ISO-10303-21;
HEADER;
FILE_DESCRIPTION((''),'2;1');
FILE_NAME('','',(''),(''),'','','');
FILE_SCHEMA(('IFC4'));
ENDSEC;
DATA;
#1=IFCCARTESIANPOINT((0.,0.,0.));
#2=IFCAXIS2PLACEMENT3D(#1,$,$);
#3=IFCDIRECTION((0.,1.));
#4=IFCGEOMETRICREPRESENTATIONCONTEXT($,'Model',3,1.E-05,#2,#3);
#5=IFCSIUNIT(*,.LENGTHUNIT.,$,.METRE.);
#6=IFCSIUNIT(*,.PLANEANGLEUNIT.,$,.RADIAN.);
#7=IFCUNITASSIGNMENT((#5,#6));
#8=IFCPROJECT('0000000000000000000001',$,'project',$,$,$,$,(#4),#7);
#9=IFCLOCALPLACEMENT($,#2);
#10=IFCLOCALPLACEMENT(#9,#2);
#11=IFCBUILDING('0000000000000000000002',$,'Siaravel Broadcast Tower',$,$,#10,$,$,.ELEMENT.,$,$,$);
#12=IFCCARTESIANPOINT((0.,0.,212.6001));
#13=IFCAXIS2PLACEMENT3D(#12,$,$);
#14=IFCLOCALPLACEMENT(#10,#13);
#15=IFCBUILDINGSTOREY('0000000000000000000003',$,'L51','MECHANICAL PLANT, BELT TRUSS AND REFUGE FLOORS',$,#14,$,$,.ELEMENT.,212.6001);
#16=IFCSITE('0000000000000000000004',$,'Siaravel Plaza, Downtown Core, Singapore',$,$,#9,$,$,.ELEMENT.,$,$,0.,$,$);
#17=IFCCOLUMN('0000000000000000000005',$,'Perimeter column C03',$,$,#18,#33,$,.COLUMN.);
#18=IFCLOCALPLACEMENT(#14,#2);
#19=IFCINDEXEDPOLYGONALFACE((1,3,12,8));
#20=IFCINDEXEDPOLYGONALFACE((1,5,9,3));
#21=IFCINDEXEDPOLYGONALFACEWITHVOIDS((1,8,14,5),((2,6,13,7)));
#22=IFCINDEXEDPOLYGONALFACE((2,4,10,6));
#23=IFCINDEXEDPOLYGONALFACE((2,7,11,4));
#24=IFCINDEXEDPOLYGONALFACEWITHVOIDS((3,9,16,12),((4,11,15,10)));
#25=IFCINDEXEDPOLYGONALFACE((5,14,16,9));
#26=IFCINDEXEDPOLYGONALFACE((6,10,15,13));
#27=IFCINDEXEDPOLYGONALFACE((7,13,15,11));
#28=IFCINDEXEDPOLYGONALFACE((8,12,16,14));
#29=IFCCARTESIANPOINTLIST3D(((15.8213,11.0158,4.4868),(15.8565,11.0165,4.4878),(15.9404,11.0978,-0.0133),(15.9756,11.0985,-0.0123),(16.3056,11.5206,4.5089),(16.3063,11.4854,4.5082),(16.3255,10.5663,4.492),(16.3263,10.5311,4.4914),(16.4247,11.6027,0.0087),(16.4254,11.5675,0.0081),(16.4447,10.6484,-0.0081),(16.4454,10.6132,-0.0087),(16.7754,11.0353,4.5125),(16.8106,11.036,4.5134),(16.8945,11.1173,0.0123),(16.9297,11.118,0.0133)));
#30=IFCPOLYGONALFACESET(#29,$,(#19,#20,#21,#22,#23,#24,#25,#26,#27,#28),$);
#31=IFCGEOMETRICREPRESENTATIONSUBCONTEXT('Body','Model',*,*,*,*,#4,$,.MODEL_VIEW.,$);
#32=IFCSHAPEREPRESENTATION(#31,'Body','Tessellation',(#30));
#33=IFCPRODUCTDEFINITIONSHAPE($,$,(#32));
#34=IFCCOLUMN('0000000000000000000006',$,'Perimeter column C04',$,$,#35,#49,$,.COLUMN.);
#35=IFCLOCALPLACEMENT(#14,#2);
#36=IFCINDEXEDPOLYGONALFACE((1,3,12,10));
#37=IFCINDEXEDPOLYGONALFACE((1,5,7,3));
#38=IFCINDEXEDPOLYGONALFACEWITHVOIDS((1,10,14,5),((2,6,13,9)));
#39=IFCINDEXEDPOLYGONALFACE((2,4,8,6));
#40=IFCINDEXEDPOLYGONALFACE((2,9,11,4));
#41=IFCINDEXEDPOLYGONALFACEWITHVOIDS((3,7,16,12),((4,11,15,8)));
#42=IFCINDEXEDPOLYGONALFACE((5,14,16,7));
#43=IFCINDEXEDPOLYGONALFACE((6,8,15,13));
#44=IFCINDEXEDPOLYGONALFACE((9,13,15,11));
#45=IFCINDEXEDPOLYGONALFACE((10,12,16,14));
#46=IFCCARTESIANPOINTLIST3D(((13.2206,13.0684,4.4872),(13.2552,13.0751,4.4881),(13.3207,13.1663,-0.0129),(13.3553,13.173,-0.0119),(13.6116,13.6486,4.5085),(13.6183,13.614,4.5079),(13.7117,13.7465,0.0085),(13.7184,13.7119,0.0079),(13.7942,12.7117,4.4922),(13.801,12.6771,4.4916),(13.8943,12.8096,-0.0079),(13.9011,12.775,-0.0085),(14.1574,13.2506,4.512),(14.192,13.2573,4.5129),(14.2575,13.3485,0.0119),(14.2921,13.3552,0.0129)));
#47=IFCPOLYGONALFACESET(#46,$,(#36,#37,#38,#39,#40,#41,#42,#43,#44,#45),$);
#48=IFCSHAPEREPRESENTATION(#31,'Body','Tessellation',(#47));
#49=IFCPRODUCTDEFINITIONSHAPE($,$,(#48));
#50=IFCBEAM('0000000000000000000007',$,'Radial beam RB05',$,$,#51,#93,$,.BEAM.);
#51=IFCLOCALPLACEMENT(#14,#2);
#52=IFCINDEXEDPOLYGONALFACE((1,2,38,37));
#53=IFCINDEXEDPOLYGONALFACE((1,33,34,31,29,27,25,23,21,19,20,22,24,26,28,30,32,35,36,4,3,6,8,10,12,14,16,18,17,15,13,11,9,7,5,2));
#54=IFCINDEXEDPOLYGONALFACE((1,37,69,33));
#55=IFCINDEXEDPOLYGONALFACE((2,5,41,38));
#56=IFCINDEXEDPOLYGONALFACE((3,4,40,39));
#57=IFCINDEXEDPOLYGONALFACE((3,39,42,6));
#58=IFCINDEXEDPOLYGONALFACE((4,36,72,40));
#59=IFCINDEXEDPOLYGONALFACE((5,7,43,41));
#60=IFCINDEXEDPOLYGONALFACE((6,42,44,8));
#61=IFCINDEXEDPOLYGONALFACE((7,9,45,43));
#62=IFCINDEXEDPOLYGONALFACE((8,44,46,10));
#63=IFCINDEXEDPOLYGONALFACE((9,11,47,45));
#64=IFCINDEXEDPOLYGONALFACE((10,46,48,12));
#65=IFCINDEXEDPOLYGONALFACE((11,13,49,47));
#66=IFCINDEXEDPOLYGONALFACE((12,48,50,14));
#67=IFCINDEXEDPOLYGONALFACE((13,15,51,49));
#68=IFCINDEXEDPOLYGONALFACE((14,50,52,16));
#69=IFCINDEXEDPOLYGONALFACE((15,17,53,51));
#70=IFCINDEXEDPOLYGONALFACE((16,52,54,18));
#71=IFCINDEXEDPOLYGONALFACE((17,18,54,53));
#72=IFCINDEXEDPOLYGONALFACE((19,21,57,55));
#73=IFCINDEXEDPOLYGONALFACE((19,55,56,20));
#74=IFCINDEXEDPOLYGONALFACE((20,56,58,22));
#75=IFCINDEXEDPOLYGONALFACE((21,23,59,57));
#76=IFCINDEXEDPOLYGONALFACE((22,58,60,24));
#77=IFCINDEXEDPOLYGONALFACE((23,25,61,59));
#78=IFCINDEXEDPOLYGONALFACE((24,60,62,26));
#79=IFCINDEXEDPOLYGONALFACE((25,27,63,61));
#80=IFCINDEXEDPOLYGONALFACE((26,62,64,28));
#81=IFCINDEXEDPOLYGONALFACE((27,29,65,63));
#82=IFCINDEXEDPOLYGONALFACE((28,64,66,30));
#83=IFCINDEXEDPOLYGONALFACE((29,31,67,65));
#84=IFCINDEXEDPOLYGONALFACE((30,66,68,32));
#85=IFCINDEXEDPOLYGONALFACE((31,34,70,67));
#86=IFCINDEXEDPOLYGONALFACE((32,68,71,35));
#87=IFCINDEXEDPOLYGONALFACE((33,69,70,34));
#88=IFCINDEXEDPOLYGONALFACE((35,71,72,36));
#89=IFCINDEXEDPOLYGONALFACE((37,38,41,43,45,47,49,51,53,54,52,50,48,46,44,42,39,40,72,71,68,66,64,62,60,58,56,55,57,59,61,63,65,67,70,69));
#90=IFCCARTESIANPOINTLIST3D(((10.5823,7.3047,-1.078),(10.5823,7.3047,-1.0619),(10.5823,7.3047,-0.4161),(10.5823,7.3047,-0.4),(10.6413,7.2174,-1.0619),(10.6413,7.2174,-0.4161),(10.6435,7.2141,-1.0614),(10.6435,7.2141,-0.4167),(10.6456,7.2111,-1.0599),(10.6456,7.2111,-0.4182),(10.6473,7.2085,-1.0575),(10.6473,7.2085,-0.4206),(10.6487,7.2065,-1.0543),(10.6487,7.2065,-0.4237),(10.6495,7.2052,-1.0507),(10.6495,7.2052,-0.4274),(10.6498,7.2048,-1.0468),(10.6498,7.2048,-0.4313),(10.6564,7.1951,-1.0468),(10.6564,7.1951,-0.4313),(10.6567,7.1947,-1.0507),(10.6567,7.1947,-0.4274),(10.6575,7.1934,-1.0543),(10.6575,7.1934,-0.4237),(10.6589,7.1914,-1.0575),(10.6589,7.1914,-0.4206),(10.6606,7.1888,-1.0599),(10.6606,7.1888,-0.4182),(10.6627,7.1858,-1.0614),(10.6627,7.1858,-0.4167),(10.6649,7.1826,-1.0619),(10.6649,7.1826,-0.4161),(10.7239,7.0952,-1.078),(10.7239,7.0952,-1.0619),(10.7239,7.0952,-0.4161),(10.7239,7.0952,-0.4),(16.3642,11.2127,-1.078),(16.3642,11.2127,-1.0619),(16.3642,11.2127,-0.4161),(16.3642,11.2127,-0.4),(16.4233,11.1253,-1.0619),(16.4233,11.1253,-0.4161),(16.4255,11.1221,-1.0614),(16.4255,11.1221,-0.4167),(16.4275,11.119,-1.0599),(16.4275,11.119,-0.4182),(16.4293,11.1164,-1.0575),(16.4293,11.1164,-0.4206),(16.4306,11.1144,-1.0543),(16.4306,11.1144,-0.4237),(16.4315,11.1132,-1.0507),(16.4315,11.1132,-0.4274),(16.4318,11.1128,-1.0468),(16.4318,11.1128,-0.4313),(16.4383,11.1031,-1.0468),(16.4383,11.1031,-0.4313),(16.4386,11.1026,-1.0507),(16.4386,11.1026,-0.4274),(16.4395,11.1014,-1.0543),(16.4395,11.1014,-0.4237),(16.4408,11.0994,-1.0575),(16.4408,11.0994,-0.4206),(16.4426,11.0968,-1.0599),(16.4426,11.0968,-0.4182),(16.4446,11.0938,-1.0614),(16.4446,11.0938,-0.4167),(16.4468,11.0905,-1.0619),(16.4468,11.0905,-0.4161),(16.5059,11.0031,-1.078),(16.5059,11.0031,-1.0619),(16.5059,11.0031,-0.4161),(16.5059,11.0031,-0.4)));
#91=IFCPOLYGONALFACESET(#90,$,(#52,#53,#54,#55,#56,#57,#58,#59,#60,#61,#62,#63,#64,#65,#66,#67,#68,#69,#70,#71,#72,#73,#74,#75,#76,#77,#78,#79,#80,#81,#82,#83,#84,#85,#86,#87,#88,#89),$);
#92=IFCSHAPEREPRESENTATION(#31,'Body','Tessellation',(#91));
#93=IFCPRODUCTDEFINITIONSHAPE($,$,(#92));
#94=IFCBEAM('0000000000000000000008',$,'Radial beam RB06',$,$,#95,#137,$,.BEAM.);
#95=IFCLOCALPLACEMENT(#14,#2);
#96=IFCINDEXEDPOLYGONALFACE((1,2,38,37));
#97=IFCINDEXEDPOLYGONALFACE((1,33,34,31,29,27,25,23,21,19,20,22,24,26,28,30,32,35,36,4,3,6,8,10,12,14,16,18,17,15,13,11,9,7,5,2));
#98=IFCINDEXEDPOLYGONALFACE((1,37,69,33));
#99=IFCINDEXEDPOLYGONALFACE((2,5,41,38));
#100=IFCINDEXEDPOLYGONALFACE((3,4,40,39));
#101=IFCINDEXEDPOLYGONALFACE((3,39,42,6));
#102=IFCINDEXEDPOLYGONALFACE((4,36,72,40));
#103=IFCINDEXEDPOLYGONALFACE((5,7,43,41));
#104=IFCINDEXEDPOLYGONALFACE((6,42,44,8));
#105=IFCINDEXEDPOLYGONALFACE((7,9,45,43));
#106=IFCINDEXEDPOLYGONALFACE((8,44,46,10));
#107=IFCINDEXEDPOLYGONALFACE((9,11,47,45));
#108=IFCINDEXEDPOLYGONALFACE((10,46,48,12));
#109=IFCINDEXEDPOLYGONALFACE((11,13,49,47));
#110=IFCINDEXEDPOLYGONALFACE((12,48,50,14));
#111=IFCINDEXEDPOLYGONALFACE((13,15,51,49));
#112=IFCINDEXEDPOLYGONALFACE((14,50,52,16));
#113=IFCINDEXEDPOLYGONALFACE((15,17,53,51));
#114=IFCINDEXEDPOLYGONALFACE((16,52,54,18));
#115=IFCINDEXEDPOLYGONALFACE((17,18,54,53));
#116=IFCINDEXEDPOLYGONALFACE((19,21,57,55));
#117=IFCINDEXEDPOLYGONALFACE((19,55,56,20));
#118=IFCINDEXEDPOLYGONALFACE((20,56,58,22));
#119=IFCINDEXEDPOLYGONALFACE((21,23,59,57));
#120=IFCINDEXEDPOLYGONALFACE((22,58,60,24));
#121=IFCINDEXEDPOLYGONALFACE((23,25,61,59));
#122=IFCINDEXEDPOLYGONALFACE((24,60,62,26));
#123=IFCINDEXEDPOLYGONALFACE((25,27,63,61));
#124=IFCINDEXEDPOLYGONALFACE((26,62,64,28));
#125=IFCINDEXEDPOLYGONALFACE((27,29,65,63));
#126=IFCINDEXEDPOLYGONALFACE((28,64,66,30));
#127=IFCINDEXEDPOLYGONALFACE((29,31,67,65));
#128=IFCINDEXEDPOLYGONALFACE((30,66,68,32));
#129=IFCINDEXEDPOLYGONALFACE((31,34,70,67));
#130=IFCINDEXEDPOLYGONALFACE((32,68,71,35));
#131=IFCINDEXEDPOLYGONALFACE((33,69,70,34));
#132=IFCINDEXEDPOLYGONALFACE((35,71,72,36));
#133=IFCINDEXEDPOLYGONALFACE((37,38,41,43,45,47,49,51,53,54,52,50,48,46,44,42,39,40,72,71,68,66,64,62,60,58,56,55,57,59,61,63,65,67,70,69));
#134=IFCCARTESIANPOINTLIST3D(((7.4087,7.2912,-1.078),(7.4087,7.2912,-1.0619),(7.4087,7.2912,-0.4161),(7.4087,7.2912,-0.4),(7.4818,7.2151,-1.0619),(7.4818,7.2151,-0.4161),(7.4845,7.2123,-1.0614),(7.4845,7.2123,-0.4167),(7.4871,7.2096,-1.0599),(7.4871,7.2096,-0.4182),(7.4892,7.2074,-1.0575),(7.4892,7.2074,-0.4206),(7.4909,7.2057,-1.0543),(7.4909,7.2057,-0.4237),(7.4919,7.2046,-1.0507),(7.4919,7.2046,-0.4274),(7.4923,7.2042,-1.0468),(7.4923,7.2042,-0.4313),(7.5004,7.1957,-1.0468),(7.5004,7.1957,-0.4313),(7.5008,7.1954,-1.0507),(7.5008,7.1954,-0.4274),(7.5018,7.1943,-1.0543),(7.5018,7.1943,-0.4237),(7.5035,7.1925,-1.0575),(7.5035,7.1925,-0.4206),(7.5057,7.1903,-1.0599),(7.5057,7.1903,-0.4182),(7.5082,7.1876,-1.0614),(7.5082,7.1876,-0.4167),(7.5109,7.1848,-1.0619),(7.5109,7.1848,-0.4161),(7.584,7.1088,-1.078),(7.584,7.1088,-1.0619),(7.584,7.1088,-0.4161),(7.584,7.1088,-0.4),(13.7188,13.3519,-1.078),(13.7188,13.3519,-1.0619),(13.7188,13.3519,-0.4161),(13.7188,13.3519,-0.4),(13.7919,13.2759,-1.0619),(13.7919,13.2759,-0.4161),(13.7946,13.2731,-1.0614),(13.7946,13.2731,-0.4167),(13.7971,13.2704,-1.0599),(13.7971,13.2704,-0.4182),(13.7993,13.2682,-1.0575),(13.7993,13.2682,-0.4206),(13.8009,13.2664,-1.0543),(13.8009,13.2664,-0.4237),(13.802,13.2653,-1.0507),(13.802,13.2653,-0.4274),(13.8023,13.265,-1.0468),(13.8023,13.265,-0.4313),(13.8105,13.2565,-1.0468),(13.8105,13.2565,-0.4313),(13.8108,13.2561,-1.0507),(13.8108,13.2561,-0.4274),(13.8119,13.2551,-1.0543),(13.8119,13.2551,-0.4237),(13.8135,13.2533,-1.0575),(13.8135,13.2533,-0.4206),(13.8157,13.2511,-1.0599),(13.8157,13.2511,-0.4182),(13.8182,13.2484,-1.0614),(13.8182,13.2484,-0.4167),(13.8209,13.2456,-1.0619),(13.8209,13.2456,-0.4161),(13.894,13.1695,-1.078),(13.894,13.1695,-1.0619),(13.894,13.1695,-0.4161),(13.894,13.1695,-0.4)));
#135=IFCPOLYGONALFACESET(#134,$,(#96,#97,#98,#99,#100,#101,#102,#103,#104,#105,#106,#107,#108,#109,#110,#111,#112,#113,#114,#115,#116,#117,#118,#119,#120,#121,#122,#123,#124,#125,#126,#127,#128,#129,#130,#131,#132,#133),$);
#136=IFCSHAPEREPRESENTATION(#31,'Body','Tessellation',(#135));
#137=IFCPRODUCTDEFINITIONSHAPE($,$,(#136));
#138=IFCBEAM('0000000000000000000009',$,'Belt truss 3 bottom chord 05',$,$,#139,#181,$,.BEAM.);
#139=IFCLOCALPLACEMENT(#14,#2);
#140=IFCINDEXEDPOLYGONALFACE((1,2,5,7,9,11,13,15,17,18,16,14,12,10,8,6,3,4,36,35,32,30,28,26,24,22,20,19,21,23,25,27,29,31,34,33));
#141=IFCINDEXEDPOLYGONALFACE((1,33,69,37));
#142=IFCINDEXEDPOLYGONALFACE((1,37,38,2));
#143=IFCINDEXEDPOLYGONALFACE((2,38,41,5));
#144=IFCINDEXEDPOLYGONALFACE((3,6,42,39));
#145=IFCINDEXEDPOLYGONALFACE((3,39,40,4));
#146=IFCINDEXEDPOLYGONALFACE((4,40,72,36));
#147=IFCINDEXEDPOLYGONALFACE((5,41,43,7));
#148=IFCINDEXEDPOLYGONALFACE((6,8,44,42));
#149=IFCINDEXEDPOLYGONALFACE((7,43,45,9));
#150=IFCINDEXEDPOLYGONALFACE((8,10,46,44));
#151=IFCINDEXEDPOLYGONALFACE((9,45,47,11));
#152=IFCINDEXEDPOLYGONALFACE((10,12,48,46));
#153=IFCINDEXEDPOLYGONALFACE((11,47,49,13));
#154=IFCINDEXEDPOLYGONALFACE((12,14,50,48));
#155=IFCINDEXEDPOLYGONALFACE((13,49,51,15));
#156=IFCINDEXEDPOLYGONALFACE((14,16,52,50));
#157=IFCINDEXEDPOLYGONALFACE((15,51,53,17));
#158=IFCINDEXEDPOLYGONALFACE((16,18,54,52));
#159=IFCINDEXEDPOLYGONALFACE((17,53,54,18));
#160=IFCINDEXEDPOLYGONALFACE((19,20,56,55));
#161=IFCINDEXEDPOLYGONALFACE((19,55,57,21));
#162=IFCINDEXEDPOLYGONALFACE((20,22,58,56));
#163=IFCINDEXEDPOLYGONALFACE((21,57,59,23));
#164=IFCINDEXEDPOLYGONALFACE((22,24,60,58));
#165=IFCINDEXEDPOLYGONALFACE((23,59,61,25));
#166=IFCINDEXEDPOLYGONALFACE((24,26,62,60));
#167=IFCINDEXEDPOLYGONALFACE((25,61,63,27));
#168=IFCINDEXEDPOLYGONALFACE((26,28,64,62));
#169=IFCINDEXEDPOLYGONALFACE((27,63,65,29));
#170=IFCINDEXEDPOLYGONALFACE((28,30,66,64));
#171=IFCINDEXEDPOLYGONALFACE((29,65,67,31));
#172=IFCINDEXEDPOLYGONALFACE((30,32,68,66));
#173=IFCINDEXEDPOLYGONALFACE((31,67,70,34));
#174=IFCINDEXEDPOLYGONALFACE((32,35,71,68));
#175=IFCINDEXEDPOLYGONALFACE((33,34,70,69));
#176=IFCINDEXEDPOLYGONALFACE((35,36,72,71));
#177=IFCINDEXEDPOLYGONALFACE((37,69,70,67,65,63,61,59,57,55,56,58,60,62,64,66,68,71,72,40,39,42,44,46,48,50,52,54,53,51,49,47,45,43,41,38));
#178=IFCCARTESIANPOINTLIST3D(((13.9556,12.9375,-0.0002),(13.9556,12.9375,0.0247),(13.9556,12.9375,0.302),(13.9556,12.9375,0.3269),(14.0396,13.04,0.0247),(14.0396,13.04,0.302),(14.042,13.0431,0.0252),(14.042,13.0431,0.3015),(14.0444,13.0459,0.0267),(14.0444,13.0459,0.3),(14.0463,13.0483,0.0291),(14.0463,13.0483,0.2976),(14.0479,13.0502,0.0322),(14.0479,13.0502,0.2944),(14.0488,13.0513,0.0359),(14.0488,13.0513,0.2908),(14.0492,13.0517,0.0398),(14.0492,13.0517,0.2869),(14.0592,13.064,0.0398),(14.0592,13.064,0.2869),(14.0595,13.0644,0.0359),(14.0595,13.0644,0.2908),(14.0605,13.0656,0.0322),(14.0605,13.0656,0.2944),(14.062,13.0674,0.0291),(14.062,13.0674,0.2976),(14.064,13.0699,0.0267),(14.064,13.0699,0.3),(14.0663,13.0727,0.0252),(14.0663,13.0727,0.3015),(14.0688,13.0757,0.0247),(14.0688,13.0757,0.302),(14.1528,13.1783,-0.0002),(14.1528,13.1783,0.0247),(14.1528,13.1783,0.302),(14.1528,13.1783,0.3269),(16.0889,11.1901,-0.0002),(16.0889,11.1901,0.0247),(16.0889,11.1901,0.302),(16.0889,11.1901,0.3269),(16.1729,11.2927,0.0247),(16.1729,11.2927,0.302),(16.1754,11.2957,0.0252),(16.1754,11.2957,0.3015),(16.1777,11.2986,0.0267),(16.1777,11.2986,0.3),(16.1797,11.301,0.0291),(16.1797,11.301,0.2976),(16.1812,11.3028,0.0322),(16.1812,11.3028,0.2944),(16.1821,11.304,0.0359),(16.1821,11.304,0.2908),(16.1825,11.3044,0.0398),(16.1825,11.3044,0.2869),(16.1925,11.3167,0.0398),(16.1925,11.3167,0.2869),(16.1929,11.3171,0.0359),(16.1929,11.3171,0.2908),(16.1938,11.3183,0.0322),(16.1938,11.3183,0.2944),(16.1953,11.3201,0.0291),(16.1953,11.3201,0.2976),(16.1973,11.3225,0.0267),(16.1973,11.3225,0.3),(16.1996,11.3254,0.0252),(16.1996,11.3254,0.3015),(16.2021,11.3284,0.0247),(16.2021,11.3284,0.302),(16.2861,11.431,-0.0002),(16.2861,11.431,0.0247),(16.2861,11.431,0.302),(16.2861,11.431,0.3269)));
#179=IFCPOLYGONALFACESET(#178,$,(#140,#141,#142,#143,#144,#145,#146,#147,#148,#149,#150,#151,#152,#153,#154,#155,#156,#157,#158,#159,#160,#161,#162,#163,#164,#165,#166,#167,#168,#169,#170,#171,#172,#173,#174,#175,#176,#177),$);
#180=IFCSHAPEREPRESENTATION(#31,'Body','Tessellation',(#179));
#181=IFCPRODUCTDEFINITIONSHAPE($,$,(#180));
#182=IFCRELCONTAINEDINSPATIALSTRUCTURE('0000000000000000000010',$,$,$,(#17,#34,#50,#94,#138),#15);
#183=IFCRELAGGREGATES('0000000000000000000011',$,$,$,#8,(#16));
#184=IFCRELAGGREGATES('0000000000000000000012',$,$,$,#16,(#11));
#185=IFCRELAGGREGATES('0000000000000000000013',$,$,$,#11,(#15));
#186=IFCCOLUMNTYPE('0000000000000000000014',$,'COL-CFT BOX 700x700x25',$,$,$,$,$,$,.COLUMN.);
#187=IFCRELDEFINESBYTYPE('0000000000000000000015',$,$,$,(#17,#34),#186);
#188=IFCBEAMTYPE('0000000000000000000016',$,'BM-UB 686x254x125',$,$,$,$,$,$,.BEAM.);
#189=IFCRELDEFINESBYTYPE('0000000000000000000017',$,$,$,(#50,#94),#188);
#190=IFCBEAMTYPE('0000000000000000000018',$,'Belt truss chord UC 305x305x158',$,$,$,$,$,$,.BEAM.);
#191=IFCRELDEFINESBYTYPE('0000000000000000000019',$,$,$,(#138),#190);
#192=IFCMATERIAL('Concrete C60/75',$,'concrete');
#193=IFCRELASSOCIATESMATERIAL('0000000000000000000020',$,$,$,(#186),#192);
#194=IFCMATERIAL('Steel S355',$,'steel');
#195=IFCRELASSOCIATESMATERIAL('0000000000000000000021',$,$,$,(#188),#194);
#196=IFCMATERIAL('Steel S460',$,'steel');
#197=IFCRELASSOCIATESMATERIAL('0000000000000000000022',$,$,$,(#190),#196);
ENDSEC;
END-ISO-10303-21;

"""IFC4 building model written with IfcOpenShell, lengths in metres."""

from ifc_helpers import new_model, si_unit, direction, frame, origin, origin_2d, place, context, subcontext, project, spatial, hollow_rectangle, i_section, extrude, material, material_profile, profile_set, type_object, element, save


model = new_model("IFC4")

# Units and contexts
model_context = context("Model", 3, precision=1e-05, world=origin(), true_north=direction((0.0, 1.0)))
body_context = subcontext(model_context, "Body", "Model", "MODEL_VIEW")
ifc_project = project(units=[si_unit("LENGTHUNIT", "METRE"), si_unit("PLANEANGLEUNIT", "RADIAN")], contexts=[model_context])

# Site, building, storey
site_placement = place(None, origin())
site = spatial("IfcSite", under=ifc_project, at=site_placement, Name="Siaravel Plaza, Downtown Core, Singapore", CompositionType="ELEMENT", RefElevation=0.0)
building_placement = place(site_placement, origin())
building = spatial("IfcBuilding", under=site, at=building_placement, Name="Siaravel Broadcast Tower", CompositionType="ELEMENT")
storey_placement = place(building_placement, frame((0.0, 0.0, 212.6001)))
storey = spatial("IfcBuildingStorey", under=building, at=storey_placement, Name="L51", Description="MECHANICAL PLANT, BELT TRUSS AND REFUGE FLOORS", CompositionType="ELEMENT", Elevation=212.6001)

# Columns
ifc_material_1 = material(Name="Concrete C60/75", Category="concrete")
ifc_material_profile_1 = material_profile(ifc_material_1, hollow_rectangle(XDim=0.7, YDim=0.7, WallThickness=0.0249, at=origin_2d()))
ifc_profile_set_1 = profile_set([ifc_material_profile_1], Name="Concrete C60/75")
column_type = type_object("IfcColumnType", Name="COL-CFT BOX 700x700x25", PredefinedType="COLUMN", material=ifc_profile_set_1)
column_1_placement = place(storey_placement, frame((16.4351, 11.1079, 0.0), z_axis=(-0.026462, -0.01822, 0.999484), x_axis=(0.721498, -0.692387, 0.006481)))
element("IfcColumn", 1, at=column_1_placement, inside=storey, type_object=column_type, Name="Perimeter column C03", PredefinedType="COLUMN", context=body_context, shape_type="SweptSolid", body=[
    extrude(hollow_rectangle(XDim=0.7, YDim=0.7, WallThickness=0.0249, at=origin_2d()), origin(), (0.0, 0.0, 1.0), 4.5024),
])
column_2_placement = place(storey_placement, frame((13.8064, 13.2607, 0.0), z_axis=(-0.022233, -0.021745, 0.999516), x_axis=(0.829145, -0.558998, 0.006282)))
element("IfcColumn", 2, at=column_2_placement, inside=storey, type_object=column_type, Name="Perimeter column C04", PredefinedType="COLUMN", context=body_context, shape_type="SweptSolid", body=[
    extrude(hollow_rectangle(XDim=0.7, YDim=0.7, WallThickness=0.0249, at=origin_2d()), origin(), (0.0, 0.0, 1.0), 4.5022),
])

# Beams
ifc_material_2 = material(Name="Steel S355", Category="steel")
ifc_material_profile_2 = material_profile(ifc_material_2, i_section(OverallWidth=0.2529, OverallDepth=0.678, WebThickness=0.0117, FlangeThickness=0.0161, FilletRadius=0.0151, at=origin_2d()))
ifc_profile_set_2 = profile_set([ifc_material_profile_2], Name="Steel S355")
beam_type_1 = type_object("IfcBeamType", Name="BM-UB 686x254x125", PredefinedType="BEAM", material=ifc_profile_set_2)
beam_1_placement = place(storey_placement, frame((16.4351, 11.1079, -0.739), z_axis=(-0.828508, -0.559977, 0.0), x_axis=(0.559977, -0.828508, 0.0)))
element("IfcBeam", 3, at=beam_1_placement, inside=storey, type_object=beam_type_1, Name="Radial beam RB05", PredefinedType="BEAM", context=body_context, shape_type="SweptSolid", body=[
    extrude(i_section(OverallWidth=0.2529, OverallDepth=0.678, WebThickness=0.0117, FlangeThickness=0.0161, FilletRadius=0.0151, at=origin_2d()), origin(), (0.0, 0.0, 1.0), 6.9788),
])
beam_2_placement = place(storey_placement, frame((13.8064, 13.2607, -0.739), z_axis=(-0.721208, -0.692718, 0.0), x_axis=(0.692718, -0.721208, 0.0)))
element("IfcBeam", 4, at=beam_2_placement, inside=storey, type_object=beam_type_1, Name="Radial beam RB06", PredefinedType="BEAM", context=body_context, shape_type="SweptSolid", body=[
    extrude(i_section(OverallWidth=0.2529, OverallDepth=0.678, WebThickness=0.0117, FlangeThickness=0.0161, FilletRadius=0.0151, at=origin_2d()), origin(), (0.0, 0.0, 1.0), 8.7493),
])
ifc_material_3 = material(Name="Steel S460", Category="steel")
ifc_material_profile_3 = material_profile(ifc_material_3, i_section(OverallWidth=0.3113, OverallDepth=0.3271, WebThickness=0.0159, FlangeThickness=0.0249, FilletRadius=0.0151, at=origin_2d()))
ifc_profile_set_3 = profile_set([ifc_material_profile_3], Name="Steel S460")
beam_type_2 = type_object("IfcBeamType", Name="Belt truss chord UC 305x305x158", PredefinedType="BEAM", material=ifc_profile_set_3)
beam_3_placement = place(storey_placement, frame((16.1875, 11.3105, 0.1633), z_axis=(-0.773622, 0.633648, 0.0), x_axis=(-0.633648, -0.773622, 0.0)))
element("IfcBeam", 5, at=beam_3_placement, inside=storey, type_object=beam_type_2, Name="Belt truss 3 bottom chord 05", PredefinedType="BEAM", context=body_context, shape_type="SweptSolid", body=[
    extrude(i_section(OverallWidth=0.3113, OverallDepth=0.3271, WebThickness=0.0159, FlangeThickness=0.0249, FilletRadius=0.0151, at=origin_2d()), origin(), (0.0, 0.0, 1.0), 2.7576),
])

save(model, "model.ifc")
